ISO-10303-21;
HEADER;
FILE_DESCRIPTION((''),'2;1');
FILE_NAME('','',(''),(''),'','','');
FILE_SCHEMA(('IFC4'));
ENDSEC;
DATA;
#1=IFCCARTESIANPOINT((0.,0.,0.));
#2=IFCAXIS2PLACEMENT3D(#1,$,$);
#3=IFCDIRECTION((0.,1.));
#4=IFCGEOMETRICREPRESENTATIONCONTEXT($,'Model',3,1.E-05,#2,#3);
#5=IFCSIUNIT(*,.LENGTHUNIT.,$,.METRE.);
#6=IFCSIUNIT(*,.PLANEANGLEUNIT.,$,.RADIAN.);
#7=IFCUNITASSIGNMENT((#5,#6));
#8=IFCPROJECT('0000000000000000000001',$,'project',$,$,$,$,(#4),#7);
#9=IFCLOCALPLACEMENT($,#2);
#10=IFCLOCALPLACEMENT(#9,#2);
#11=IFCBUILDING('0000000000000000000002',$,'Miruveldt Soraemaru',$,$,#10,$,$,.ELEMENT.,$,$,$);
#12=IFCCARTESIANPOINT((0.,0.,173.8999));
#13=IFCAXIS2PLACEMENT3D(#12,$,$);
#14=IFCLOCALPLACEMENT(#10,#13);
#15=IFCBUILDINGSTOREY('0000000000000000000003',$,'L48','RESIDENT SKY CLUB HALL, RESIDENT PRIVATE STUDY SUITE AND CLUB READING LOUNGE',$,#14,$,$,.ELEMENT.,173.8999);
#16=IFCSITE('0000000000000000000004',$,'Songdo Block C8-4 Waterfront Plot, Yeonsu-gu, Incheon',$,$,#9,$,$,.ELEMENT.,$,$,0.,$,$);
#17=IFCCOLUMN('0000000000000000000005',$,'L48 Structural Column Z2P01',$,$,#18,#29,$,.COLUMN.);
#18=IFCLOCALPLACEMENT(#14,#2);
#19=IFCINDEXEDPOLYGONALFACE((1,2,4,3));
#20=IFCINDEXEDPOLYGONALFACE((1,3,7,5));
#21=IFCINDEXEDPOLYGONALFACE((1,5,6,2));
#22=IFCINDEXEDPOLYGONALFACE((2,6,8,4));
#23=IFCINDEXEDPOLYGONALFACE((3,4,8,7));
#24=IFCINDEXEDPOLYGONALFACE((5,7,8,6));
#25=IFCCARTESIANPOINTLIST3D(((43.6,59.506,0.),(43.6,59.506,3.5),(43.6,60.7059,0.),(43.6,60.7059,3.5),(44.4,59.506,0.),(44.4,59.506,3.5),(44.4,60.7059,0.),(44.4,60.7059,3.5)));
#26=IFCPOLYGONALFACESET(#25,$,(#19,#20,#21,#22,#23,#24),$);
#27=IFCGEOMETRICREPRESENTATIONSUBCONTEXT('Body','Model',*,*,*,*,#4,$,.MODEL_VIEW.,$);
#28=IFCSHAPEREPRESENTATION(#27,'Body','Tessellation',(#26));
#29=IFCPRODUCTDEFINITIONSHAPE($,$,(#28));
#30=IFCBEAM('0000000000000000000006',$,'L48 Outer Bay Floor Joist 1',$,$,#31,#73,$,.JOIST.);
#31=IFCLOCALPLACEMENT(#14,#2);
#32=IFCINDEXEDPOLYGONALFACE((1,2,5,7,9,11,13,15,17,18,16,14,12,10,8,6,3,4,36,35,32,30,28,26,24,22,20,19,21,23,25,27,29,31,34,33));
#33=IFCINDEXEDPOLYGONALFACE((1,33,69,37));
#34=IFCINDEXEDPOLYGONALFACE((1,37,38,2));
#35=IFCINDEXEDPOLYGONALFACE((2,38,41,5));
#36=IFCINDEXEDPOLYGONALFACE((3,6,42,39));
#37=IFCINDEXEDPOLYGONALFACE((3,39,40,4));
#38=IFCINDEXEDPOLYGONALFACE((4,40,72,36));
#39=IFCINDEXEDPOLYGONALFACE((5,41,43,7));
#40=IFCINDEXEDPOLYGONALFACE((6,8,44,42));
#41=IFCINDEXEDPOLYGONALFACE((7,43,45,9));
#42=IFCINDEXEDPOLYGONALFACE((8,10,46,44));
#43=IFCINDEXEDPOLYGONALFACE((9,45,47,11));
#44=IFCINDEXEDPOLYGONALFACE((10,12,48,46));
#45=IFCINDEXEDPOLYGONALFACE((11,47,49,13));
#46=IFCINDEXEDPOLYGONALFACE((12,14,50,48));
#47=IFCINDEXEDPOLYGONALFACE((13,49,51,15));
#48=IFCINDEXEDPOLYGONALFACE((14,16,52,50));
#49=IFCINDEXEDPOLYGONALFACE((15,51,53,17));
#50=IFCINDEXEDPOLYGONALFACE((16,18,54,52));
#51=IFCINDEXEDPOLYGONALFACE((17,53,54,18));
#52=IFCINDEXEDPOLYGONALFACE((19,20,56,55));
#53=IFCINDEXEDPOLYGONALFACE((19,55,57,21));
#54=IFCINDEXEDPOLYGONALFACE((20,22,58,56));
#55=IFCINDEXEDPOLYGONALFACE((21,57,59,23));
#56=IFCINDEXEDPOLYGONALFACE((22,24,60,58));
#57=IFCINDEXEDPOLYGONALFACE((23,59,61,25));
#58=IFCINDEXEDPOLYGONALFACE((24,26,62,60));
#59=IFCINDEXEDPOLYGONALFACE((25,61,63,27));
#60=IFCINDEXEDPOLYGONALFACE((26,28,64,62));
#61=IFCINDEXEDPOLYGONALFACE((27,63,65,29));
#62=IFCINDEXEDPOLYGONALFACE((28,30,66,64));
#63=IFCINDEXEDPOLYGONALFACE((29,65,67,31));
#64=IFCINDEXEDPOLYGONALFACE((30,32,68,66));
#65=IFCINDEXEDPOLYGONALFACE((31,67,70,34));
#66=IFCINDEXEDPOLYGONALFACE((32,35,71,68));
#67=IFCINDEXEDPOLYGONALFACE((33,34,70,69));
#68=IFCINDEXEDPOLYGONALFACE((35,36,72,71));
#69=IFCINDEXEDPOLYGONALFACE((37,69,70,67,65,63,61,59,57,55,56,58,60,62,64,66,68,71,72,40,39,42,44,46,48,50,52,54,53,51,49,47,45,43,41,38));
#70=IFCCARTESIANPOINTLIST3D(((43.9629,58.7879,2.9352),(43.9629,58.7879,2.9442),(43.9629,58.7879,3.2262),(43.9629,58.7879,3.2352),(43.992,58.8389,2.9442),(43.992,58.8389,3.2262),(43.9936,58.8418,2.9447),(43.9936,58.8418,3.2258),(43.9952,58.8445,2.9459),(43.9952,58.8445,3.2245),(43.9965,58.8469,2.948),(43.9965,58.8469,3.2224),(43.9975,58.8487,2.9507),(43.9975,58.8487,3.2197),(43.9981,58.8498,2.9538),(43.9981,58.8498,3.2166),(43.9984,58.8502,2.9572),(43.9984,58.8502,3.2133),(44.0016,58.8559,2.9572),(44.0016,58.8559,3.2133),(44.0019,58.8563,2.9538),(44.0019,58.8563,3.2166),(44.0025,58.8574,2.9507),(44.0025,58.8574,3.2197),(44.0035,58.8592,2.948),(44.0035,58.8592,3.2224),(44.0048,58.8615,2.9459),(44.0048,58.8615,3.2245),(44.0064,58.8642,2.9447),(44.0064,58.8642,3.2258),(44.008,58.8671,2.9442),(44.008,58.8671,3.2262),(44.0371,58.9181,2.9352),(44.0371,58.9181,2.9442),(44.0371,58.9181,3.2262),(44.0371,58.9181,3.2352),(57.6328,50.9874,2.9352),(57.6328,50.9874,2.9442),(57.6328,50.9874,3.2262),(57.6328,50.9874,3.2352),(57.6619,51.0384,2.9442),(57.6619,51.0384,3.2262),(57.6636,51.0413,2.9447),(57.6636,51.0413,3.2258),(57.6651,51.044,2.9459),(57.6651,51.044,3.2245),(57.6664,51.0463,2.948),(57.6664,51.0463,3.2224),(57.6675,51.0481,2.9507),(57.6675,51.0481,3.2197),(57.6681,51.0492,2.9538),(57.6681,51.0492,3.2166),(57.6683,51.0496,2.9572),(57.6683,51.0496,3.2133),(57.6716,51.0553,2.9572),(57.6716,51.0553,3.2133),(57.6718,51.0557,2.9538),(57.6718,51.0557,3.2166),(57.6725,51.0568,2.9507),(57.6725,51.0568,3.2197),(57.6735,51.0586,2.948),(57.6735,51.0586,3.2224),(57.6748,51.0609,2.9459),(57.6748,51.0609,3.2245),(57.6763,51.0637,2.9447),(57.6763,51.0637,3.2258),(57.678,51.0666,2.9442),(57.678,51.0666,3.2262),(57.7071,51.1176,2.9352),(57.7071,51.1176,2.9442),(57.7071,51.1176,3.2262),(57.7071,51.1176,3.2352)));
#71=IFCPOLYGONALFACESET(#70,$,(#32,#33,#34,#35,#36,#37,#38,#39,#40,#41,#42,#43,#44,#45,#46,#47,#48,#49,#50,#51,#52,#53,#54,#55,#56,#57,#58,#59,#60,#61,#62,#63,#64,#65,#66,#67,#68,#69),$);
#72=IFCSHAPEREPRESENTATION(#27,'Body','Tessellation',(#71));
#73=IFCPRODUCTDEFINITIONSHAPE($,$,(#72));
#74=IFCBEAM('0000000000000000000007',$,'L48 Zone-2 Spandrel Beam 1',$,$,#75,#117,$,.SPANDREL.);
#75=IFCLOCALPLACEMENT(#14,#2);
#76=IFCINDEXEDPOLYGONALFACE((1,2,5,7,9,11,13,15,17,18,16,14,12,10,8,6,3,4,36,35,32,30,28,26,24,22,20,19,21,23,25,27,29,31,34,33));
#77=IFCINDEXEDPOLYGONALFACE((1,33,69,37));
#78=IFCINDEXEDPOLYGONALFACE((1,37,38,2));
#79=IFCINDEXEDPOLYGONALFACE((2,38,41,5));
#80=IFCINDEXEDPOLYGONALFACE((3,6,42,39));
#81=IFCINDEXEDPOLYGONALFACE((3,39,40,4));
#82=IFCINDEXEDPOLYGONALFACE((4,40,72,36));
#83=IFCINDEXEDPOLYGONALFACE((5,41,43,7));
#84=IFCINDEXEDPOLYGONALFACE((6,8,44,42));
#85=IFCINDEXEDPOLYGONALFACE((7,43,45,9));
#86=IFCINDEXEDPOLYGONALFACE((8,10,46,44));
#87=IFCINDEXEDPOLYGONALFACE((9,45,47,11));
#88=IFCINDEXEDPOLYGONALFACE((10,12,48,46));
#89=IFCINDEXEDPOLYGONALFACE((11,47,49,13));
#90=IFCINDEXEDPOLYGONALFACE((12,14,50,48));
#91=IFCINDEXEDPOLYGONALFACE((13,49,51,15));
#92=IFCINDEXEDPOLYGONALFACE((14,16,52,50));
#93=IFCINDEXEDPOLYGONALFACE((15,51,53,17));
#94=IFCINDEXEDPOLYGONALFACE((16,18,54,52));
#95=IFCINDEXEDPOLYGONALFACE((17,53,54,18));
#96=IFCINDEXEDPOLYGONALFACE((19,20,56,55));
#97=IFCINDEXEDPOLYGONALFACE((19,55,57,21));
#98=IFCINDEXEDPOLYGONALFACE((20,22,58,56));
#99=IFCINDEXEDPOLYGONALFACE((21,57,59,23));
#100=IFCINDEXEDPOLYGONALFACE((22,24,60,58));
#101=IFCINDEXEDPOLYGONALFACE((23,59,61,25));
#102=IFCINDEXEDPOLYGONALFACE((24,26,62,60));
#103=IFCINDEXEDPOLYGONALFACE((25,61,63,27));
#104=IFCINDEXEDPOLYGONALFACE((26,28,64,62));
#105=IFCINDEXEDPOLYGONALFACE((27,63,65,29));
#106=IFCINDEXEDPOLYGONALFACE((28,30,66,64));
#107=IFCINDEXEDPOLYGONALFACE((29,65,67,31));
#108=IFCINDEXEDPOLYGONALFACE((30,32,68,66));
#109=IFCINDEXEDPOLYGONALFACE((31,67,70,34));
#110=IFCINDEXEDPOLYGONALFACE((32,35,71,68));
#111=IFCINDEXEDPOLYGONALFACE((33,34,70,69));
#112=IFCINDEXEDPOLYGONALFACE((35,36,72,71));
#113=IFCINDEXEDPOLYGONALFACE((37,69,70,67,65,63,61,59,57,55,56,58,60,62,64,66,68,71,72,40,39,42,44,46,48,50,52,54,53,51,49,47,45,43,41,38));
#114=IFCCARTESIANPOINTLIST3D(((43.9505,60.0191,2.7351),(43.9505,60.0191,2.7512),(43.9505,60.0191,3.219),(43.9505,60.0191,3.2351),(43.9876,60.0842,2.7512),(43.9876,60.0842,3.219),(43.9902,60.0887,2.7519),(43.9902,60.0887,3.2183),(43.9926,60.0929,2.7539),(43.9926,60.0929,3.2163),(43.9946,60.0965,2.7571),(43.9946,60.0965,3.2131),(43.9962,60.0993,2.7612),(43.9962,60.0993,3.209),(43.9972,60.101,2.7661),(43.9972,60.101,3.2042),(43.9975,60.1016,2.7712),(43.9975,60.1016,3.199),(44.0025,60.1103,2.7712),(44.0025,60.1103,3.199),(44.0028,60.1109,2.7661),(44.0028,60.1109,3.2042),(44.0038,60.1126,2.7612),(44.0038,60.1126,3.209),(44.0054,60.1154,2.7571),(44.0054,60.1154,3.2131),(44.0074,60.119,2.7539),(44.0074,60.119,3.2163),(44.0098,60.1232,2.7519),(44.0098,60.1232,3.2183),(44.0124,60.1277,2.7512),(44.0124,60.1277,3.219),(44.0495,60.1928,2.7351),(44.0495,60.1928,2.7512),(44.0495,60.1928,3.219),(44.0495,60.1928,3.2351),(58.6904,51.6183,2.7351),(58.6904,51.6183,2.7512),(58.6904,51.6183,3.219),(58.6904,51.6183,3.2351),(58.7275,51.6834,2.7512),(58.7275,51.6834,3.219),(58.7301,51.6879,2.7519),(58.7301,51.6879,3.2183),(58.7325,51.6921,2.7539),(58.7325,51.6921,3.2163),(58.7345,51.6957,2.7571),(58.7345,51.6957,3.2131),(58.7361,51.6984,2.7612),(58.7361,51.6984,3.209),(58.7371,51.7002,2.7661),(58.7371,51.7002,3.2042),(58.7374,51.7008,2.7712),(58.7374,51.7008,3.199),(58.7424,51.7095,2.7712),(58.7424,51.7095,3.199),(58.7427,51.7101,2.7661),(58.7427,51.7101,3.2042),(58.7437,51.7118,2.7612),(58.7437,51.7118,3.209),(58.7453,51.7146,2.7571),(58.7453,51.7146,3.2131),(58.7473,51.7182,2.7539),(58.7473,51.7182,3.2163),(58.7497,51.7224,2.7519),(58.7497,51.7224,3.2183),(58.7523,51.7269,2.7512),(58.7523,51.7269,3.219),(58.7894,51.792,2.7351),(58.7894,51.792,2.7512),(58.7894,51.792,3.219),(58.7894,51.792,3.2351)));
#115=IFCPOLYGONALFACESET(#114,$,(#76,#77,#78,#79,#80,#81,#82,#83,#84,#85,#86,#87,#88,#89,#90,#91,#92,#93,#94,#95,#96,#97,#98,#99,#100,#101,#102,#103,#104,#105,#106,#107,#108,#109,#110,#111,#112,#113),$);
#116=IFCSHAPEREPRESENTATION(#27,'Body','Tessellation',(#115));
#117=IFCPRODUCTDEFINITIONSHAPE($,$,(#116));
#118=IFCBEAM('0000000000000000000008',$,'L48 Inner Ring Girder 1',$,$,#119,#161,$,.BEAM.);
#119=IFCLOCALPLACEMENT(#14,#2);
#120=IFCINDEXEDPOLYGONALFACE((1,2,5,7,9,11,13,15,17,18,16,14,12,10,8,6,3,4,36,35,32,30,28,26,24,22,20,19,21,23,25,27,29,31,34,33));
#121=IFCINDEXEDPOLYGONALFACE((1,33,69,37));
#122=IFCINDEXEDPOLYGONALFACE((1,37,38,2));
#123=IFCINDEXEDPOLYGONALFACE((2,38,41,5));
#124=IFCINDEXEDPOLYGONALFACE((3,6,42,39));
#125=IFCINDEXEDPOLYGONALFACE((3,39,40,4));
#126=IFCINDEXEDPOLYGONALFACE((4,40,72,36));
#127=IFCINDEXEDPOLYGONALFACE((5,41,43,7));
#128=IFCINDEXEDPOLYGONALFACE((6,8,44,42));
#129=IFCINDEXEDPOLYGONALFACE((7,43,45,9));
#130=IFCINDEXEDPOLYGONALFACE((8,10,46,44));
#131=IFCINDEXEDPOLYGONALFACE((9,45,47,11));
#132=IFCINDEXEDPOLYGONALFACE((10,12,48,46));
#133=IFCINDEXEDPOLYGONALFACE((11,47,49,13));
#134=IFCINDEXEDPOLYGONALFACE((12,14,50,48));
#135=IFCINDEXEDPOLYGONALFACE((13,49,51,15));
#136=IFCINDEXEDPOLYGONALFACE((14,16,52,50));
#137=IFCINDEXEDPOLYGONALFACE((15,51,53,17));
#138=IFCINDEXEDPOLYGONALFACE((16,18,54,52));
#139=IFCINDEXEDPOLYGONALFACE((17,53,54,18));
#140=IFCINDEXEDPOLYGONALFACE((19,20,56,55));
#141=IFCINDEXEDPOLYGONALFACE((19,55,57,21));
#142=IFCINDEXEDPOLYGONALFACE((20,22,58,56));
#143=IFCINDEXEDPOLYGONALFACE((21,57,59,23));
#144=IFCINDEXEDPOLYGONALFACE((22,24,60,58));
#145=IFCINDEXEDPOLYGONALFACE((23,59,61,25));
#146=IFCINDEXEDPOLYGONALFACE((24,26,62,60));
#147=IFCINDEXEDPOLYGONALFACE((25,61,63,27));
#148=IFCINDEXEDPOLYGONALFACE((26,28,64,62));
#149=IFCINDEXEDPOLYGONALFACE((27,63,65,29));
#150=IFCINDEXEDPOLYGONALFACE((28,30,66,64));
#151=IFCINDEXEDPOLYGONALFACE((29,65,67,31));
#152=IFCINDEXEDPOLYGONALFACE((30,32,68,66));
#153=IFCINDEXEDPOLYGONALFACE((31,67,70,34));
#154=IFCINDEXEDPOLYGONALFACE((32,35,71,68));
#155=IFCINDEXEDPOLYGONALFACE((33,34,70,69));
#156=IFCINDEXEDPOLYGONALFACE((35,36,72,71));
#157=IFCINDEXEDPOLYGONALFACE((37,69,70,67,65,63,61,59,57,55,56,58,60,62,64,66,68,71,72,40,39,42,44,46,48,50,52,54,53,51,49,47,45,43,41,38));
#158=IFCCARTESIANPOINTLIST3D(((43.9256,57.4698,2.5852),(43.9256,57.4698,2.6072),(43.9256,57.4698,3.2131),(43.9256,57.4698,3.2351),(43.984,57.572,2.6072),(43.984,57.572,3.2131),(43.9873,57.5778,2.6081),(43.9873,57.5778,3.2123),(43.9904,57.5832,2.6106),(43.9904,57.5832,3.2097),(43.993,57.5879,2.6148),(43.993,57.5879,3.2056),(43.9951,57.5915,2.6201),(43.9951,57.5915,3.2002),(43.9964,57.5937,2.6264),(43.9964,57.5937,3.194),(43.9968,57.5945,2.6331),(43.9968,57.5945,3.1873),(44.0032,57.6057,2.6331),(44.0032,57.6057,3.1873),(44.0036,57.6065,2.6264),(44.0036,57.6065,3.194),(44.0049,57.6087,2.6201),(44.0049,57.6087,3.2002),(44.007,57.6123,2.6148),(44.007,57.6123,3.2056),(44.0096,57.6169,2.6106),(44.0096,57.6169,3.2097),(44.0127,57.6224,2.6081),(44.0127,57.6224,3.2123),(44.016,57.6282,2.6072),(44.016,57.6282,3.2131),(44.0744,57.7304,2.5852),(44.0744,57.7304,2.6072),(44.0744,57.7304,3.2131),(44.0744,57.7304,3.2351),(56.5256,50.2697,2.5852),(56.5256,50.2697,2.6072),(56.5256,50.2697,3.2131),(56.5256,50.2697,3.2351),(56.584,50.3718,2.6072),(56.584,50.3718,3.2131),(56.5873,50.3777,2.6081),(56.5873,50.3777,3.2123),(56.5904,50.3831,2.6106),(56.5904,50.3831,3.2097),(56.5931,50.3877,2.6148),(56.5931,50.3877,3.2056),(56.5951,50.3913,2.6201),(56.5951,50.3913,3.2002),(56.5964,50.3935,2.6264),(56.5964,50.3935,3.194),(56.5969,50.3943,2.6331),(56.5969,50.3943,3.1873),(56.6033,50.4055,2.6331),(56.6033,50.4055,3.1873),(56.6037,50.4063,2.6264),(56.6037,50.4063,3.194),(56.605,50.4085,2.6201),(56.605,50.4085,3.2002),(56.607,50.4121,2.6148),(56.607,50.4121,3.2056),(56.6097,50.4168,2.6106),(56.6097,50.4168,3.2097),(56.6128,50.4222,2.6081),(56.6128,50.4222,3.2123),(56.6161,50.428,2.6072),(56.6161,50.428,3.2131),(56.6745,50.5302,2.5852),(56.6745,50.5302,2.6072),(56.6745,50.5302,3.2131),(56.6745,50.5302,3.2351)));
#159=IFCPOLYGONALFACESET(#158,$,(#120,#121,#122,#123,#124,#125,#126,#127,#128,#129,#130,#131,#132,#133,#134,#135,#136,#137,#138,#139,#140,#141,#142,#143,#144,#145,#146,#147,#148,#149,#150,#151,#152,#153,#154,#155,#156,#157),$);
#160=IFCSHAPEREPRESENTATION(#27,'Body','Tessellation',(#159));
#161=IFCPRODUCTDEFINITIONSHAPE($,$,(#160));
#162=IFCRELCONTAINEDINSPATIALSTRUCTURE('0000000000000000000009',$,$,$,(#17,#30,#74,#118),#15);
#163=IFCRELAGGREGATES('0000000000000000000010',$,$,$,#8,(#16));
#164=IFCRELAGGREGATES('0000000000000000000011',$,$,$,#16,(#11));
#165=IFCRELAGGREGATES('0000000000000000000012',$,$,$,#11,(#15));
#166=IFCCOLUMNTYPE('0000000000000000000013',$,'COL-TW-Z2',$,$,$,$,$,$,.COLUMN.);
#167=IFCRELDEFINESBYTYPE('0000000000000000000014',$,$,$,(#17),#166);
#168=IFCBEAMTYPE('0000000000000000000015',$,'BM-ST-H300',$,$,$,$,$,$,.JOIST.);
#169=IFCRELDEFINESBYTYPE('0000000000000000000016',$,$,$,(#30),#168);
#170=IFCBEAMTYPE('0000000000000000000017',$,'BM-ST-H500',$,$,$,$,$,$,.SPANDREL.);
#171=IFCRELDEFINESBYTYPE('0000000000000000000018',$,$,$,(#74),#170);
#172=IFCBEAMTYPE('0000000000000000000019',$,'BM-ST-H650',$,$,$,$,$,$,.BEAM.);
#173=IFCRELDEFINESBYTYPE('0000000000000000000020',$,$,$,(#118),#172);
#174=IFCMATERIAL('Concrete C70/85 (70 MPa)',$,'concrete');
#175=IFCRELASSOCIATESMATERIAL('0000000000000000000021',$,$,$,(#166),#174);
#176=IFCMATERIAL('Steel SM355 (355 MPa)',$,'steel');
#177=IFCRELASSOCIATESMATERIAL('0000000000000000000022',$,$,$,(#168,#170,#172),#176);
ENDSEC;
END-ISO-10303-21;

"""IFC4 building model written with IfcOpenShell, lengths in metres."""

from ifc_helpers import new_model, si_unit, direction, frame, origin, origin_2d, place, context, subcontext, project, spatial, rectangle, i_section, extrude, material, material_profile, profile_set, type_object, element, save


model = new_model("IFC4")

# Units and contexts
model_context = context("Model", 3, precision=1e-05, world=origin(), true_north=direction((0.0, 1.0)))
body_context = subcontext(model_context, "Body", "Model", "MODEL_VIEW")
ifc_project = project(units=[si_unit("LENGTHUNIT", "METRE"), si_unit("PLANEANGLEUNIT", "RADIAN")], contexts=[model_context])

# Site, building, storey
site_placement = place(None, origin())
site = spatial("IfcSite", under=ifc_project, at=site_placement, Name="Songdo Block C8-4 Waterfront Plot, Yeonsu-gu, Incheon", CompositionType="ELEMENT", RefElevation=0.0)
building_placement = place(site_placement, origin())
building = spatial("IfcBuilding", under=site, at=building_placement, Name="Miruveldt Soraemaru", CompositionType="ELEMENT")
storey_placement = place(building_placement, frame((0.0, 0.0, 173.8999)))
storey = spatial("IfcBuildingStorey", under=building, at=storey_placement, Name="L48", Description="RESIDENT SKY CLUB HALL, RESIDENT PRIVATE STUDY SUITE AND CLUB READING LOUNGE", CompositionType="ELEMENT", Elevation=173.8999)

# Column
ifc_material_1 = material(Name="Concrete C70/85 (70 MPa)", Category="concrete")
ifc_material_profile_1 = material_profile(ifc_material_1, rectangle(XDim=1.2, YDim=0.8, at=origin_2d()), Name="Concrete C70/85 (70 MPa)", Category="concrete")
ifc_profile_set_1 = profile_set([ifc_material_profile_1], Name="Concrete C70/85 (70 MPa)")
column_type = type_object("IfcColumnType", Name="COL-TW-Z2", PredefinedType="COLUMN", material=ifc_profile_set_1)
column_placement = place(storey_placement, frame((44.0, 60.106, 0.0), z_axis=(0.0, 0.0, 1.0), x_axis=(0.0, 1.0, 0.0)))
element("IfcColumn", 1, at=column_placement, inside=storey, type_object=column_type, Name="L48 Structural Column Z2P01", PredefinedType="COLUMN", context=body_context, shape_type="SweptSolid", body=[
    extrude(rectangle(XDim=1.2, YDim=0.8, at=origin_2d()), origin(), (0.0, 0.0, 1.0), 3.5),
])

# Beams
ifc_material_2 = material(Name="Steel SM355 (355 MPa)", Category="steel")
ifc_material_profile_2 = material_profile(ifc_material_2, i_section(OverallWidth=0.1499, OverallDepth=0.3, WebThickness=0.0066, FlangeThickness=0.009, FilletRadius=0.0129, at=origin_2d()), Name="Steel SM355 (355 MPa)", Category="steel")
ifc_profile_set_2 = profile_set([ifc_material_profile_2], Name="Steel SM355 (355 MPa)")
beam_type_1 = type_object("IfcBeamType", Name="BM-ST-H300", PredefinedType="JOIST", material=ifc_profile_set_2)
beam_1_placement = place(storey_placement, frame((44.0, 58.853, 3.0852), z_axis=(0.86854, -0.495619, 0.0), x_axis=(0.495619, 0.86854, 0.0)))
element("IfcBeam", 2, at=beam_1_placement, inside=storey, type_object=beam_type_1, Name="L48 Outer Bay Floor Joist 1", PredefinedType="JOIST", context=body_context, shape_type="SweptSolid", body=[
    extrude(i_section(OverallWidth=0.1499, OverallDepth=0.3, WebThickness=0.0066, FlangeThickness=0.009, FilletRadius=0.0129, at=origin_2d()), origin(), (0.0, 0.0, 1.0), 15.739),
])
ifc_material_profile_3 = material_profile(ifc_material_2, i_section(OverallWidth=0.2, OverallDepth=0.5, WebThickness=0.01, FlangeThickness=0.0161, FilletRadius=0.02, at=origin_2d()), Name="Steel SM355 (355 MPa)", Category="steel")
ifc_profile_set_3 = profile_set([ifc_material_profile_3], Name="Steel SM355 (355 MPa)")
beam_type_2 = type_object("IfcBeamType", Name="BM-ST-H500", PredefinedType="SPANDREL", material=ifc_profile_set_3)
beam_2_placement = place(storey_placement, frame((44.0, 60.106, 2.9851), z_axis=(0.8688, -0.495162, 0.0), x_axis=(0.495162, 0.8688, 0.0)))
element("IfcBeam", 3, at=beam_2_placement, inside=storey, type_object=beam_type_2, Name="L48 Zone-2 Spandrel Beam 1", PredefinedType="SPANDREL", context=body_context, shape_type="SweptSolid", body=[
    extrude(i_section(OverallWidth=0.2, OverallDepth=0.5, WebThickness=0.01, FlangeThickness=0.0161, FilletRadius=0.02, at=origin_2d()), origin(), (0.0, 0.0, 1.0), 16.9658),
])
ifc_material_profile_4 = material_profile(ifc_material_2, i_section(OverallWidth=0.3, OverallDepth=0.6499, WebThickness=0.0129, FlangeThickness=0.022, FilletRadius=0.0259, at=origin_2d()), Name="Steel SM355 (355 MPa)", Category="steel")
ifc_profile_set_4 = profile_set([ifc_material_profile_4], Name="Steel SM355 (355 MPa)")
beam_type_3 = type_object("IfcBeamType", Name="BM-ST-H650", PredefinedType="BEAM", material=ifc_profile_set_4)
beam_3_placement = place(storey_placement, frame((44.0, 57.6001, 2.9102), z_axis=(0.868239, -0.496146, 0.0), x_axis=(0.496146, 0.868239, 0.0)))
element("IfcBeam", 4, at=beam_3_placement, inside=storey, type_object=beam_type_3, Name="L48 Inner Ring Girder 1", PredefinedType="BEAM", context=body_context, shape_type="SweptSolid", body=[
    extrude(i_section(OverallWidth=0.3, OverallDepth=0.6499, WebThickness=0.0129, FlangeThickness=0.022, FilletRadius=0.0259, at=origin_2d()), origin(), (0.0, 0.0, 1.0), 14.5122),
])

save(model, "model.ifc")
